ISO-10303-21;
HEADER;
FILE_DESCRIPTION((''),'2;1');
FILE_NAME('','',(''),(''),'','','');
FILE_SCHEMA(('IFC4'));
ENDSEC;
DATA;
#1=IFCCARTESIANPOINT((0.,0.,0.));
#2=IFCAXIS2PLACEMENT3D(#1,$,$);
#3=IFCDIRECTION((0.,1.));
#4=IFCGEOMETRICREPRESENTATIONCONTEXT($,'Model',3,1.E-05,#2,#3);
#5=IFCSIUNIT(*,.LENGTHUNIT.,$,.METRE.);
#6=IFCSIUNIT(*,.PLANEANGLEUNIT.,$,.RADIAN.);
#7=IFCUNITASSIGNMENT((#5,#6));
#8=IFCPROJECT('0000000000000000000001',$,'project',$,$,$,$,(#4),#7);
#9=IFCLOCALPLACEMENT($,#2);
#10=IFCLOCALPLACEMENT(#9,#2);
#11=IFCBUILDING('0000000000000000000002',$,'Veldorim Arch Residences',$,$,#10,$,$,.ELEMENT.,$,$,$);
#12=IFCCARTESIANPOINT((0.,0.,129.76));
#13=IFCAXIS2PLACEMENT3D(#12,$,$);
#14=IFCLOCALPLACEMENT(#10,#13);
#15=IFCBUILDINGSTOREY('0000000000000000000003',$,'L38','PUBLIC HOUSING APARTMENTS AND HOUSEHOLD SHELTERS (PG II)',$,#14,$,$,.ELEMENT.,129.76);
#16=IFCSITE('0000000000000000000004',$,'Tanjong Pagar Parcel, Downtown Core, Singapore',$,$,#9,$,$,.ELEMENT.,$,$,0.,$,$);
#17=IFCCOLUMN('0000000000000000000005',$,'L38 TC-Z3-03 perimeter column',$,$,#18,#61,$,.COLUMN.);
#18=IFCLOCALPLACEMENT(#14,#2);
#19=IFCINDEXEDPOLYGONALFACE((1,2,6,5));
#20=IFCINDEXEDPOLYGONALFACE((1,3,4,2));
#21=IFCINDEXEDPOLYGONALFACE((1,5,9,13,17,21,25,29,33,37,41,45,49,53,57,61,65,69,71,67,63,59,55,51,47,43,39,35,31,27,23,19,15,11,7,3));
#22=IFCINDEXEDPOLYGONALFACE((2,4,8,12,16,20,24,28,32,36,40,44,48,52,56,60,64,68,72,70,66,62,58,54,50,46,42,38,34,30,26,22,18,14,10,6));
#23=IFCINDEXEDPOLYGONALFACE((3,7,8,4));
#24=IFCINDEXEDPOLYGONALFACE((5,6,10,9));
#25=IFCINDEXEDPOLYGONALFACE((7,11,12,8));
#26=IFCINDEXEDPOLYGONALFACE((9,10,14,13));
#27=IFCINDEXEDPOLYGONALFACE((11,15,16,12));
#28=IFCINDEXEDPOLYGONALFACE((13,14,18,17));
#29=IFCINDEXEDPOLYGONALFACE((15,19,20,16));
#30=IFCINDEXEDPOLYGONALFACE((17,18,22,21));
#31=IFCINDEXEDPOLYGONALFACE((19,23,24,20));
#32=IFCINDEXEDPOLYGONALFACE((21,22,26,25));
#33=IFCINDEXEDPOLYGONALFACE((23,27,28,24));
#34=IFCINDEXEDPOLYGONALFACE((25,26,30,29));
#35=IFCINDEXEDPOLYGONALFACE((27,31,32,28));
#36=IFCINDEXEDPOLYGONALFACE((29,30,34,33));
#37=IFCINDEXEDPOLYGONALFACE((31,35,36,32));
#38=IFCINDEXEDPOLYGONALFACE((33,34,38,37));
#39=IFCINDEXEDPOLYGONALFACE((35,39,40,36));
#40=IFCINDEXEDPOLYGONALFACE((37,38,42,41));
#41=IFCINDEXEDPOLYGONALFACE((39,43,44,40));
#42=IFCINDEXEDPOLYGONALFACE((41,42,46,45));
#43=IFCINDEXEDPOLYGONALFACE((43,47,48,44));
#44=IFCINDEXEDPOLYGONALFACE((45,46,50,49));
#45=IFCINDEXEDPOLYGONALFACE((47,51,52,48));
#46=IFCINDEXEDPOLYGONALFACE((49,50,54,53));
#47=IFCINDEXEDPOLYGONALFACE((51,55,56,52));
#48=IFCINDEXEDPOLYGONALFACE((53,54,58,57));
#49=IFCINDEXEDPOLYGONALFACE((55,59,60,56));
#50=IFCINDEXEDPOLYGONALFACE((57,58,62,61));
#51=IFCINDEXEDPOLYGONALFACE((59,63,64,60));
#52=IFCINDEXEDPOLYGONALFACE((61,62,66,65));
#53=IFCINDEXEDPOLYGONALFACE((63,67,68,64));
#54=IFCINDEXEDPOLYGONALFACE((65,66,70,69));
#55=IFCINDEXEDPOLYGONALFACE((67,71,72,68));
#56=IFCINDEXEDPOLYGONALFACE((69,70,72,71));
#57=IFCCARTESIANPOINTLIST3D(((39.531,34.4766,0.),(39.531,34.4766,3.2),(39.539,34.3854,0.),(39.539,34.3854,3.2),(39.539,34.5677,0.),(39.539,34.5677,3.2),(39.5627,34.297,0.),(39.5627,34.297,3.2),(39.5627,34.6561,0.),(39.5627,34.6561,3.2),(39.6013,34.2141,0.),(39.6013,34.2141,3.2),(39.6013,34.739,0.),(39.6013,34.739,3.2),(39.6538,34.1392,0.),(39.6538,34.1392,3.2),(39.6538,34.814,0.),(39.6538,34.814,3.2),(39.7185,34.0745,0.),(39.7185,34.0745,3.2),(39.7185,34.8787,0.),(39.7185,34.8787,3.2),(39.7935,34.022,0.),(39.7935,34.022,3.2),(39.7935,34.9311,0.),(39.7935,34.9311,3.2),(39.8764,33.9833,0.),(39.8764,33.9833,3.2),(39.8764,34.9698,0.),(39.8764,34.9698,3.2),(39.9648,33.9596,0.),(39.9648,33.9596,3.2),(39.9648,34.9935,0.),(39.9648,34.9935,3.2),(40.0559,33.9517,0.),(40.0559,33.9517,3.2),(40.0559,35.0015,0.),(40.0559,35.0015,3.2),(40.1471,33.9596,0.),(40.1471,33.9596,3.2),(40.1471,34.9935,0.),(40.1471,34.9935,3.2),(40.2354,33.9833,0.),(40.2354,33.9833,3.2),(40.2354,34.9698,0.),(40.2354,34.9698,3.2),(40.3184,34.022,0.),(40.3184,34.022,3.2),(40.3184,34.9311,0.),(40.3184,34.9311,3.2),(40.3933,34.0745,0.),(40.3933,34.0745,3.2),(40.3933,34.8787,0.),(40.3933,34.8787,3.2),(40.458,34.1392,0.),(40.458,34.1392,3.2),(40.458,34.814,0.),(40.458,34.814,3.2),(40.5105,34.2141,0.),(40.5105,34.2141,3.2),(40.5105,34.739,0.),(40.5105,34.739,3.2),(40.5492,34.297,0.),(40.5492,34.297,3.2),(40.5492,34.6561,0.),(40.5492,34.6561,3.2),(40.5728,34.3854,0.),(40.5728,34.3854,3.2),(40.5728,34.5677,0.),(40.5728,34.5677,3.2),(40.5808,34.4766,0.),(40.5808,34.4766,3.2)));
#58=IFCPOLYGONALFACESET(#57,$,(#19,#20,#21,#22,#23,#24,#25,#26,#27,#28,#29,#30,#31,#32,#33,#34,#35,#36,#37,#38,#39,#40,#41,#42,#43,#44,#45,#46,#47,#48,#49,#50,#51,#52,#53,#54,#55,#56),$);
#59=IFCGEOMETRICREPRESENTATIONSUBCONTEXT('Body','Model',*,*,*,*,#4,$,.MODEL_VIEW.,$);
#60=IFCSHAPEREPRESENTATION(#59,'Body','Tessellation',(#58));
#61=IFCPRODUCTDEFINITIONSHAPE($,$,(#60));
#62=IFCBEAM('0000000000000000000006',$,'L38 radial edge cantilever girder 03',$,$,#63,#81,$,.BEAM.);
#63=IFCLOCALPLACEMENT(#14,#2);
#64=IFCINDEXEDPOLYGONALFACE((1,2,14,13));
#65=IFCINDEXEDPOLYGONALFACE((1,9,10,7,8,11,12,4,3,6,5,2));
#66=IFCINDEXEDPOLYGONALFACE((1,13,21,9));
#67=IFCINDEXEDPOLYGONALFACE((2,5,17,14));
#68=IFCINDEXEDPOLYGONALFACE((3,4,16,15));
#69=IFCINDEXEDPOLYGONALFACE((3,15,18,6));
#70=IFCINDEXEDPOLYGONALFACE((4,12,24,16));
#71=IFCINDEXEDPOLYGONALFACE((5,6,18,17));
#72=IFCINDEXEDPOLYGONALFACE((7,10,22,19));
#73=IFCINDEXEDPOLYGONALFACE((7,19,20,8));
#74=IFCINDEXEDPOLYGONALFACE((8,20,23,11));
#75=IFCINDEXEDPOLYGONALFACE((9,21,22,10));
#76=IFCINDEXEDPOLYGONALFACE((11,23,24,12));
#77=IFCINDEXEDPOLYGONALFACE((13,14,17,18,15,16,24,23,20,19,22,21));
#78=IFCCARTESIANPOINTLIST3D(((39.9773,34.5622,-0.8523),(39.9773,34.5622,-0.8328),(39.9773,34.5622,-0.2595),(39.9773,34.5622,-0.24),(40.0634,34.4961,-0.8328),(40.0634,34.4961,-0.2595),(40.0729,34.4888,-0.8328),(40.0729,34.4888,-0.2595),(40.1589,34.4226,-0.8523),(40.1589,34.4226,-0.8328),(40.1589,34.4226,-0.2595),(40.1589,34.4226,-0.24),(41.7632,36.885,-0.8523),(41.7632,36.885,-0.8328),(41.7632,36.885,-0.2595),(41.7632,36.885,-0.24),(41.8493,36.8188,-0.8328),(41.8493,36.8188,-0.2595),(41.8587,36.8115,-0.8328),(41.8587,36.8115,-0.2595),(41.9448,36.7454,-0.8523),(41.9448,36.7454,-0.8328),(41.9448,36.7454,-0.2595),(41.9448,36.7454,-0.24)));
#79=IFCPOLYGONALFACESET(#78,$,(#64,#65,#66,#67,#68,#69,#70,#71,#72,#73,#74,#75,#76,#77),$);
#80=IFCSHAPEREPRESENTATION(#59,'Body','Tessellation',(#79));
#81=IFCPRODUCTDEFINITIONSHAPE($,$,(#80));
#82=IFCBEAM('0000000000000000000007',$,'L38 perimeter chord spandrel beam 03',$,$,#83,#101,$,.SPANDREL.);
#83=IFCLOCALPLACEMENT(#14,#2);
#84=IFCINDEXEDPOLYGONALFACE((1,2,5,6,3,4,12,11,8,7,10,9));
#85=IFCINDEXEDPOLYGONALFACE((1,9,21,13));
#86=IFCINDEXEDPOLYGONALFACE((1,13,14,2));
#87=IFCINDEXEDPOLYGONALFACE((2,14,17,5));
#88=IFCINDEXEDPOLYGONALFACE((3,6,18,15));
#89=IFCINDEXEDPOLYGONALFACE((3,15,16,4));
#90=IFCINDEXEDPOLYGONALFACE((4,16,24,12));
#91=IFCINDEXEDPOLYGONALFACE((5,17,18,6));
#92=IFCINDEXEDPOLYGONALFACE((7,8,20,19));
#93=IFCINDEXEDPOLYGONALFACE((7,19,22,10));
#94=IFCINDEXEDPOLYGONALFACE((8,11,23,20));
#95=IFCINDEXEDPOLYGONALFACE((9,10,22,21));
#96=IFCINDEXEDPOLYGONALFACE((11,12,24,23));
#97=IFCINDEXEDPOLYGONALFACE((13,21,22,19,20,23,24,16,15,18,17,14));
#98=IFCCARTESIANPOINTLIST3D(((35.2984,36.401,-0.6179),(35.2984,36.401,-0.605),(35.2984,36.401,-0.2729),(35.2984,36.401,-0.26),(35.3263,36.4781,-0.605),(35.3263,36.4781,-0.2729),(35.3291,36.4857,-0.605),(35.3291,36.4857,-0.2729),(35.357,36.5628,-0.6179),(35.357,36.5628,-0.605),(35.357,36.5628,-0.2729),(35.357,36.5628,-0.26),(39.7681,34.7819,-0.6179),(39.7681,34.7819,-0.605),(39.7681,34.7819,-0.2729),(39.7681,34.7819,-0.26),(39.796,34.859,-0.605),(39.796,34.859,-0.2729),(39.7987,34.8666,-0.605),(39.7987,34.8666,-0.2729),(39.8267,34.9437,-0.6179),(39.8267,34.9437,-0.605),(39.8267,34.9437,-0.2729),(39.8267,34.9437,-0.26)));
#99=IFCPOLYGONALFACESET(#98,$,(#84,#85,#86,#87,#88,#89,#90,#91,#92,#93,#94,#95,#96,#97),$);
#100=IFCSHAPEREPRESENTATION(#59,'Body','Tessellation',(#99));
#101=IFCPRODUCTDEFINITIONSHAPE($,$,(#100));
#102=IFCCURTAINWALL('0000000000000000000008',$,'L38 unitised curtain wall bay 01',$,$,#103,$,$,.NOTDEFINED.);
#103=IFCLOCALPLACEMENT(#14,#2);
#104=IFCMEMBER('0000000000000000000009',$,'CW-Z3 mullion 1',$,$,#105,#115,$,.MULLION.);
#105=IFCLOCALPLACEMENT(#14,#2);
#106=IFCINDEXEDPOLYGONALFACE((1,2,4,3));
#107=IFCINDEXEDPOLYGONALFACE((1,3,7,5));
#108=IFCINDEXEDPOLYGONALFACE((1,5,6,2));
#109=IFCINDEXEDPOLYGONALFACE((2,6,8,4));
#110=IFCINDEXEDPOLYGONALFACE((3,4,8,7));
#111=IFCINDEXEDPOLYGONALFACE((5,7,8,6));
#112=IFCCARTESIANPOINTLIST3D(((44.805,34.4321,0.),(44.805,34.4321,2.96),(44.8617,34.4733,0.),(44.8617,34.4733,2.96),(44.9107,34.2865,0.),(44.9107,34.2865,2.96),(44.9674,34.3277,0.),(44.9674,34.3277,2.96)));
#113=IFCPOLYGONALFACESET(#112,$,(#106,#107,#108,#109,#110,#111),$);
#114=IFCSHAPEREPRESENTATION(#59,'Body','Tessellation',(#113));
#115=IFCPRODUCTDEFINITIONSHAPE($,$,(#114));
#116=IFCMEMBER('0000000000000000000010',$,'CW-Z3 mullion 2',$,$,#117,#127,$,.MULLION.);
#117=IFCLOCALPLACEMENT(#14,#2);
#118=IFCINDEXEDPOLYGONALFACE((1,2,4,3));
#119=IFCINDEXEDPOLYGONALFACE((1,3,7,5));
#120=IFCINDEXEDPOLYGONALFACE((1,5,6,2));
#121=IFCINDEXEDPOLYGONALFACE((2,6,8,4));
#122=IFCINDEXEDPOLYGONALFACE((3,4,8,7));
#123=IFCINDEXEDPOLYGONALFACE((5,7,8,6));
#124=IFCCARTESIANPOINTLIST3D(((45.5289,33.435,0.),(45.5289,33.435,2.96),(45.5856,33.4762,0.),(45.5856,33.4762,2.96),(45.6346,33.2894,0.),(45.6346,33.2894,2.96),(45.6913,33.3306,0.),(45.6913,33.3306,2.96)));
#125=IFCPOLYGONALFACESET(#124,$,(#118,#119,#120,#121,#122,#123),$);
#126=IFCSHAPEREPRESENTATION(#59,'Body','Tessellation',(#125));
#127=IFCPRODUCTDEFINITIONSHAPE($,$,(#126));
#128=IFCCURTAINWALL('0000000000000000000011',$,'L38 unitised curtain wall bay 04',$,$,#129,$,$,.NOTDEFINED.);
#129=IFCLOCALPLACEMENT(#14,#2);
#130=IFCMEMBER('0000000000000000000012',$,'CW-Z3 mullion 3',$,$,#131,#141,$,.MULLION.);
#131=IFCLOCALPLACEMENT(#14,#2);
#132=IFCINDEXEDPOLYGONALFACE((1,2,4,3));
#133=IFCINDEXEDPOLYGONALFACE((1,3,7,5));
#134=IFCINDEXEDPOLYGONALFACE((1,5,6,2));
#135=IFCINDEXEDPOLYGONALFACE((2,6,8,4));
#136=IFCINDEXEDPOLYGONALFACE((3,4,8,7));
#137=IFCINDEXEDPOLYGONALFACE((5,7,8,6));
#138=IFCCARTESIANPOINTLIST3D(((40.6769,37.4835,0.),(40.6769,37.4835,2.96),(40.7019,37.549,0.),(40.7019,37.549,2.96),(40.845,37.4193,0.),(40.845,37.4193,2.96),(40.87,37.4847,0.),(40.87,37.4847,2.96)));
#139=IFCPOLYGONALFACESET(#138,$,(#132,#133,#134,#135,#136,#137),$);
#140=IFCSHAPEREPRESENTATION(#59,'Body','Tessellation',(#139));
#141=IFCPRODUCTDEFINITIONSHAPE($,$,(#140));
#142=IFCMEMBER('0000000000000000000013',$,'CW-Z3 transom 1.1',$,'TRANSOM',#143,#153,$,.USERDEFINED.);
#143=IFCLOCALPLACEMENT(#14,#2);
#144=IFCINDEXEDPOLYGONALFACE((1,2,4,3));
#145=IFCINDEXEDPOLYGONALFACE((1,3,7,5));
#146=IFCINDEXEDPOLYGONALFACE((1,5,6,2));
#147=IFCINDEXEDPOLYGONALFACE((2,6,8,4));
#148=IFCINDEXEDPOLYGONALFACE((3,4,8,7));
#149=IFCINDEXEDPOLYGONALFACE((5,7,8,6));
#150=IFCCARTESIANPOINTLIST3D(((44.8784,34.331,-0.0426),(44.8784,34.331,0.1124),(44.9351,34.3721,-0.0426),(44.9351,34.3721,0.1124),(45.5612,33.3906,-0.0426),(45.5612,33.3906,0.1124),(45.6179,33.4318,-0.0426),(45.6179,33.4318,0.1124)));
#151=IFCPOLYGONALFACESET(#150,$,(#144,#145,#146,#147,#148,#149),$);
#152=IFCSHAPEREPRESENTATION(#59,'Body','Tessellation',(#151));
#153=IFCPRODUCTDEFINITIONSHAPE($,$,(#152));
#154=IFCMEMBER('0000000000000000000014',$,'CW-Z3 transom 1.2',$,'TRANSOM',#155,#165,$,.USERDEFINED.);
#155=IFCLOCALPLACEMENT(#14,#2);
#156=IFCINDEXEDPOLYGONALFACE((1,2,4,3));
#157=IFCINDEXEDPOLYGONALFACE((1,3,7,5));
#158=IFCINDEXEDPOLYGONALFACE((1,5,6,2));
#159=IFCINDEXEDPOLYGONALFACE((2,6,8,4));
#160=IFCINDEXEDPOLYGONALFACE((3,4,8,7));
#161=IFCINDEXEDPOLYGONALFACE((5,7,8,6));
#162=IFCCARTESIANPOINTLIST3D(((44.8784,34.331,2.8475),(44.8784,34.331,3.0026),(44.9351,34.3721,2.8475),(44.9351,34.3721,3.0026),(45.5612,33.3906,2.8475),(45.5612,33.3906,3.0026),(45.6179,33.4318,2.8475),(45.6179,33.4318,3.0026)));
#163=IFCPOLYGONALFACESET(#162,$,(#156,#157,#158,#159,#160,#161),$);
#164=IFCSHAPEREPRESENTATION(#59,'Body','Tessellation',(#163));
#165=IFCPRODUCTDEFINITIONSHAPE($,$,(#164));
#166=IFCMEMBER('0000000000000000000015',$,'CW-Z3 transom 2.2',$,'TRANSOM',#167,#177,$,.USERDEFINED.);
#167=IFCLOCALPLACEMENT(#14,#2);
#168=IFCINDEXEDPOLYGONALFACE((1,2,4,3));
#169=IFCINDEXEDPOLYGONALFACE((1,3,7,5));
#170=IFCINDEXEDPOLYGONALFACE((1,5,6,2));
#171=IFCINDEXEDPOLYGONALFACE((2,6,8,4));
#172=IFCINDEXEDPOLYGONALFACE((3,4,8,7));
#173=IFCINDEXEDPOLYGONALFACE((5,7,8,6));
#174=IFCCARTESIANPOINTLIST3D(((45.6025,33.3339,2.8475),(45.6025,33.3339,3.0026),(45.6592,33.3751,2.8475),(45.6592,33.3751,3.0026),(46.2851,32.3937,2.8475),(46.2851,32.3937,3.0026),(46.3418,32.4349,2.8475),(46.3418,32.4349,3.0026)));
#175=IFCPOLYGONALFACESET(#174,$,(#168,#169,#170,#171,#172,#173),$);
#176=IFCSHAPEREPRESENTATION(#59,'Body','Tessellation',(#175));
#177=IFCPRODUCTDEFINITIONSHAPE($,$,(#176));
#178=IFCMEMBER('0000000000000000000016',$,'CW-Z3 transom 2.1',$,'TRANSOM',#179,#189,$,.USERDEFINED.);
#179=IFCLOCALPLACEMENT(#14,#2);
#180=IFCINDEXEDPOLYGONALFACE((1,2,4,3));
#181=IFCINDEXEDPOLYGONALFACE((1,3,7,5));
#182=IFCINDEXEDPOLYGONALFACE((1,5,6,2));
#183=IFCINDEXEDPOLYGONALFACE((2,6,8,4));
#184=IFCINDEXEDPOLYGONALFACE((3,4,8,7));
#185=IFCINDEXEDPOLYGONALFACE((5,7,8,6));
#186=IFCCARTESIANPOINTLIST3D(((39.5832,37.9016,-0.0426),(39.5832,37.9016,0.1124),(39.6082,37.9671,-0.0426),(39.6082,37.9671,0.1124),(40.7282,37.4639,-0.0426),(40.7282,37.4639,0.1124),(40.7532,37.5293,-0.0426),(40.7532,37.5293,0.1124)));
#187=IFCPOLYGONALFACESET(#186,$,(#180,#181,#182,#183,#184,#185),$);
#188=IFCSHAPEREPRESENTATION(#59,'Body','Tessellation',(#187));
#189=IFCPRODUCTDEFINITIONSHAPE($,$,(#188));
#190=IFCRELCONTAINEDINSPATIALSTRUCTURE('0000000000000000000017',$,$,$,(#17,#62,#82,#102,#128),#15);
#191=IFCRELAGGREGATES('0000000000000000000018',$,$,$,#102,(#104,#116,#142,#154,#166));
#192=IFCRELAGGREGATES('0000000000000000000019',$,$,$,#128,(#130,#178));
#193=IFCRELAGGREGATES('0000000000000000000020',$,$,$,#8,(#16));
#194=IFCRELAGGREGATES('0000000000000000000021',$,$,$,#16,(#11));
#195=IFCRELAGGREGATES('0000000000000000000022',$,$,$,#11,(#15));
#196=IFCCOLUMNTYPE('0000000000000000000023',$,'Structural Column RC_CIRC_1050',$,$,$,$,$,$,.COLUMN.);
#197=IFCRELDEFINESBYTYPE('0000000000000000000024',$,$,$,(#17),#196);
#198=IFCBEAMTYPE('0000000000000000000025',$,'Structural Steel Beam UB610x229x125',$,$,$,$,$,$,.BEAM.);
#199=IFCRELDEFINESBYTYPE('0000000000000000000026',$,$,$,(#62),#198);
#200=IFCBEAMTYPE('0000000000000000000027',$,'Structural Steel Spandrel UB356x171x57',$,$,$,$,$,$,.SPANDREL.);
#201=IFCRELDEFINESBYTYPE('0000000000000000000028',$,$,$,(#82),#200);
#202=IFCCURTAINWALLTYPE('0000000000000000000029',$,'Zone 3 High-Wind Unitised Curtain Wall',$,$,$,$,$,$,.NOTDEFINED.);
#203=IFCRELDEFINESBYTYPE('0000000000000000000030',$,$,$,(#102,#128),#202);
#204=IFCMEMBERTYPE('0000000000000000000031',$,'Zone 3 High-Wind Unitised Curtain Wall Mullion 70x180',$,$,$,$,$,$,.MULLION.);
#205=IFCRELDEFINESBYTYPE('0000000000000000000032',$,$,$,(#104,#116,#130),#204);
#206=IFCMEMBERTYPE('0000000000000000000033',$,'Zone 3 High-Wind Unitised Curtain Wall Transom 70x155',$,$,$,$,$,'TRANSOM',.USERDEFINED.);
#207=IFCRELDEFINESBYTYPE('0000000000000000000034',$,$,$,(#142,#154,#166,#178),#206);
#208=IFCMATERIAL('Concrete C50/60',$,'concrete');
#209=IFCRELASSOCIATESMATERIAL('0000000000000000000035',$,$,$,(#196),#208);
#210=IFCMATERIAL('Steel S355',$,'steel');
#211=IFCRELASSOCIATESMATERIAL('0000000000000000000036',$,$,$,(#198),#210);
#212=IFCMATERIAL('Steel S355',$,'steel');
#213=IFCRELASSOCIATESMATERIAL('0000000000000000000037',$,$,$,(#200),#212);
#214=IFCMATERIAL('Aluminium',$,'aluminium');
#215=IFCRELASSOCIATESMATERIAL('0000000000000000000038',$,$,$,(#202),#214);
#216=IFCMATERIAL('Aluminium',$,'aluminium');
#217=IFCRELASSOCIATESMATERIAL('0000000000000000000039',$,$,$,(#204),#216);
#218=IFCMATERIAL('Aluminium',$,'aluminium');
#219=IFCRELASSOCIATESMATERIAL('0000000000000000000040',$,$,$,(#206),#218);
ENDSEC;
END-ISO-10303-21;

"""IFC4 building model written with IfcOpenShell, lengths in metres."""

from ifc_helpers import new_model, si_unit, direction, frame, origin, origin_2d, place, context, subcontext, project, spatial, rectangle, circle, i_section, extrude, material, material_profile, profile_set, type_object, element, aggregate, save


model = new_model("IFC4")

# Units and contexts
model_context = context("Model", 3, precision=1e-05, world=origin(), true_north=direction((0.0, 1.0)))
body_context = subcontext(model_context, "Body", "Model", "MODEL_VIEW")
ifc_project = project(units=[si_unit("LENGTHUNIT", "METRE"), si_unit("PLANEANGLEUNIT", "RADIAN")], contexts=[model_context])

# Site, building, storey
site_placement = place(None, origin())
site = spatial("IfcSite", under=ifc_project, at=site_placement, Name="Tanjong Pagar Parcel, Downtown Core, Singapore", CompositionType="ELEMENT", RefElevation=0.0)
building_placement = place(site_placement, origin())
building = spatial("IfcBuilding", under=site, at=building_placement, Name="Veldorim Arch Residences", CompositionType="ELEMENT")
storey_placement = place(building_placement, frame((0.0, 0.0, 129.76)))
storey = spatial("IfcBuildingStorey", under=building, at=storey_placement, Name="L38", Description="PUBLIC HOUSING APARTMENTS AND HOUSEHOLD SHELTERS (PG II)", CompositionType="ELEMENT", Elevation=129.76)

# Column
ifc_material_1 = material(Name="Concrete C50/60", Category="concrete")
ifc_material_profile_1 = material_profile(ifc_material_1, circle(Radius=0.5249, at=origin_2d()), Name="RC_CIRC_1050")
ifc_profile_set_1 = profile_set([ifc_material_profile_1], Name="Concrete C50/60")
column_type = type_object("IfcColumnType", Name="Structural Column RC_CIRC_1050", PredefinedType="COLUMN", material=ifc_profile_set_1)
column_placement = place(storey_placement, frame((40.0559, 34.4766, 0.0), z_axis=(0.0, 0.0, 1.0), x_axis=(1.0, 0.0, 0.0)))
element("IfcColumn", 1, at=column_placement, inside=storey, type_object=column_type, Name="L38 TC-Z3-03 perimeter column", PredefinedType="COLUMN", context=body_context, shape_type="SweptSolid", body=[
    extrude(circle(Radius=0.5249, at=origin_2d()), origin(), (0.0, 0.0, 1.0), 3.2),
])

# Beams
ifc_material_2 = material(Name="Steel S355", Category="steel")
ifc_material_profile_2 = material_profile(ifc_material_2, i_section(OverallWidth=0.229, OverallDepth=0.6123, WebThickness=0.012, FlangeThickness=0.0195, at=origin_2d()), Name="UB610x229x125")
ifc_profile_set_2 = profile_set([ifc_material_profile_2], Name="Steel S355")
beam_type_1 = type_object("IfcBeamType", Name="Structural Steel Beam UB610x229x125", PredefinedType="BEAM", material=ifc_profile_set_2)
beam_1_placement = place(storey_placement, frame((40.0681, 34.4924, -0.5461), z_axis=(0.60953, 0.792763, 0.0), x_axis=(-0.792763, 0.60953, 0.0)))
element("IfcBeam", 2, at=beam_1_placement, inside=storey, type_object=beam_type_1, Name="L38 radial edge cantilever girder 03", PredefinedType="BEAM", context=body_context, shape_type="SweptSolid", body=[
    extrude(i_section(OverallWidth=0.229, OverallDepth=0.6123, WebThickness=0.012, FlangeThickness=0.0195, at=origin_2d()), origin(), (0.0, 0.0, 1.0), 2.9299),
])
ifc_material_3 = material(Name="Steel S355", Category="steel")
ifc_material_profile_3 = material_profile(ifc_material_3, i_section(OverallWidth=0.1721, OverallDepth=0.3579, WebThickness=0.0081, FlangeThickness=0.0129, at=origin_2d()), Name="UB356x171x57")
ifc_profile_set_3 = profile_set([ifc_material_profile_3], Name="Steel S355")
beam_type_2 = type_object("IfcBeamType", Name="Structural Steel Spandrel UB356x171x57", PredefinedType="SPANDREL", material=ifc_profile_set_3)
beam_2_placement = place(storey_placement, frame((39.7974, 34.8628, -0.439), z_axis=(-0.940213, 0.340588, 0.0), x_axis=(-0.340588, -0.940213, 0.0)))
element("IfcBeam", 3, at=beam_2_placement, inside=storey, type_object=beam_type_2, Name="L38 perimeter chord spandrel beam 03", PredefinedType="SPANDREL", context=body_context, shape_type="SweptSolid", body=[
    extrude(i_section(OverallWidth=0.1721, OverallDepth=0.3579, WebThickness=0.0081, FlangeThickness=0.0129, at=origin_2d()), origin(), (0.0, 0.0, 1.0), 4.7539),
])

# Curtain wall, members
ifc_material_4 = material(Name="Aluminium", Category="aluminium")
curtain_wall_type = type_object("IfcCurtainWallType", Name="Zone 3 High-Wind Unitised Curtain Wall", PredefinedType="NOTDEFINED", material=ifc_material_4)
curtain_wall_1_placement = place(storey_placement, origin())
curtain_wall_1 = element("IfcCurtainWall", 4, at=curtain_wall_1_placement, inside=storey, type_object=curtain_wall_type, Name="L38 unitised curtain wall bay 01", PredefinedType="NOTDEFINED")
ifc_material_5 = material(Name="Aluminium", Category="aluminium")
ifc_material_profile_4 = material_profile(ifc_material_5, rectangle(XDim=0.0701, YDim=0.1799, at=origin_2d()), Name="ALU_MUL_70x180")
ifc_profile_set_4 = profile_set([ifc_material_profile_4], Name="Aluminium")
member_type_1 = type_object("IfcMemberType", Name="Zone 3 High-Wind Unitised Curtain Wall Mullion 70x180", PredefinedType="MULLION", material=ifc_profile_set_4)
member_1_placement = place(storey_placement, frame((44.8862, 34.3799, 0.0), z_axis=(0.0, 0.0, 1.0), x_axis=(0.809162, 0.587585, 0.0)))
member_1 = element("IfcMember", 5, at=member_1_placement, type_object=member_type_1, Name="CW-Z3 mullion 1", PredefinedType="MULLION", context=body_context, shape_type="SweptSolid", body=[
    extrude(rectangle(XDim=0.0701, YDim=0.1799, at=origin_2d()), origin(), (0.0, 0.0, 1.0), 2.96),
])
member_2_placement = place(storey_placement, frame((45.6101, 33.3828, 0.0), z_axis=(0.0, 0.0, 1.0), x_axis=(0.809162, 0.587585, 0.0)))
member_2 = element("IfcMember", 6, at=member_2_placement, type_object=member_type_1, Name="CW-Z3 mullion 2", PredefinedType="MULLION", context=body_context, shape_type="SweptSolid", body=[
    extrude(rectangle(XDim=0.0701, YDim=0.1799, at=origin_2d()), origin(), (0.0, 0.0, 1.0), 2.96),
])

# Curtain wall, member
curtain_wall_2_placement = place(storey_placement, origin())
curtain_wall_2 = element("IfcCurtainWall", 7, at=curtain_wall_2_placement, inside=storey, type_object=curtain_wall_type, Name="L38 unitised curtain wall bay 04", PredefinedType="NOTDEFINED")
member_3_placement = place(storey_placement, frame((40.7734, 37.4841, 0.0), z_axis=(0.0, 0.0, 1.0), x_axis=(0.356987, 0.934109, 0.0)))
member_3 = element("IfcMember", 8, at=member_3_placement, type_object=member_type_1, Name="CW-Z3 mullion 3", PredefinedType="MULLION", context=body_context, shape_type="SweptSolid", body=[
    extrude(rectangle(XDim=0.0701, YDim=0.1799, at=origin_2d()), origin(), (0.0, 0.0, 1.0), 2.96),
])

# Members
ifc_material_6 = material(Name="Aluminium", Category="aluminium")
ifc_material_profile_5 = material_profile(ifc_material_6, rectangle(XDim=0.0701, YDim=0.155, at=origin_2d()), Name="ALU_TRN_70x155")
ifc_profile_set_5 = profile_set([ifc_material_profile_5], Name="Aluminium")
member_type_2 = type_object("IfcMemberType", Name="Zone 3 High-Wind Unitised Curtain Wall Transom 70x155", ElementType="TRANSOM", PredefinedType="USERDEFINED", material=ifc_profile_set_5)
member_4_placement = place(storey_placement, frame((44.9067, 34.3516, 0.0349), z_axis=(0.587559, -0.809181, 0.0), x_axis=(0.809181, 0.587559, 0.0)))
member_4 = element("IfcMember", 9, at=member_4_placement, type_object=member_type_2, Name="CW-Z3 transom 1.1", ObjectType="TRANSOM", PredefinedType="USERDEFINED", context=body_context, shape_type="SweptSolid", body=[
    extrude(rectangle(XDim=0.0701, YDim=0.155, at=origin_2d()), origin(), (0.0, 0.0, 1.0), 1.1621),
])
member_5_placement = place(storey_placement, frame((44.9067, 34.3516, 2.925), z_axis=(0.587559, -0.809181, 0.0), x_axis=(0.809181, 0.587559, 0.0)))
member_5 = element("IfcMember", 10, at=member_5_placement, type_object=member_type_2, Name="CW-Z3 transom 1.2", ObjectType="TRANSOM", PredefinedType="USERDEFINED", context=body_context, shape_type="SweptSolid", body=[
    extrude(rectangle(XDim=0.0701, YDim=0.155, at=origin_2d()), origin(), (0.0, 0.0, 1.0), 1.1621),
])
member_6_placement = place(storey_placement, frame((45.6309, 33.3545, 2.925), z_axis=(0.587522, -0.809208, 0.0), x_axis=(0.809208, 0.587522, 0.0)))
member_6 = element("IfcMember", 11, at=member_6_placement, type_object=member_type_2, Name="CW-Z3 transom 2.2", ObjectType="TRANSOM", PredefinedType="USERDEFINED", context=body_context, shape_type="SweptSolid", body=[
    extrude(rectangle(XDim=0.0701, YDim=0.155, at=origin_2d()), origin(), (0.0, 0.0, 1.0), 1.1619),
])
member_7_placement = place(storey_placement, frame((39.5957, 37.9343, 0.0349), z_axis=(0.934067, -0.357097, 0.0), x_axis=(0.357097, 0.934067, 0.0)))
member_7 = element("IfcMember", 12, at=member_7_placement, type_object=member_type_2, Name="CW-Z3 transom 2.1", ObjectType="TRANSOM", PredefinedType="USERDEFINED", context=body_context, shape_type="SweptSolid", body=[
    extrude(rectangle(XDim=0.0701, YDim=0.155, at=origin_2d()), origin(), (0.0, 0.0, 1.0), 1.2258),
])

aggregate(curtain_wall_1, [member_1, member_2, member_4, member_5, member_6])
aggregate(curtain_wall_2, [member_3, member_7])

save(model, "model.ifc")
